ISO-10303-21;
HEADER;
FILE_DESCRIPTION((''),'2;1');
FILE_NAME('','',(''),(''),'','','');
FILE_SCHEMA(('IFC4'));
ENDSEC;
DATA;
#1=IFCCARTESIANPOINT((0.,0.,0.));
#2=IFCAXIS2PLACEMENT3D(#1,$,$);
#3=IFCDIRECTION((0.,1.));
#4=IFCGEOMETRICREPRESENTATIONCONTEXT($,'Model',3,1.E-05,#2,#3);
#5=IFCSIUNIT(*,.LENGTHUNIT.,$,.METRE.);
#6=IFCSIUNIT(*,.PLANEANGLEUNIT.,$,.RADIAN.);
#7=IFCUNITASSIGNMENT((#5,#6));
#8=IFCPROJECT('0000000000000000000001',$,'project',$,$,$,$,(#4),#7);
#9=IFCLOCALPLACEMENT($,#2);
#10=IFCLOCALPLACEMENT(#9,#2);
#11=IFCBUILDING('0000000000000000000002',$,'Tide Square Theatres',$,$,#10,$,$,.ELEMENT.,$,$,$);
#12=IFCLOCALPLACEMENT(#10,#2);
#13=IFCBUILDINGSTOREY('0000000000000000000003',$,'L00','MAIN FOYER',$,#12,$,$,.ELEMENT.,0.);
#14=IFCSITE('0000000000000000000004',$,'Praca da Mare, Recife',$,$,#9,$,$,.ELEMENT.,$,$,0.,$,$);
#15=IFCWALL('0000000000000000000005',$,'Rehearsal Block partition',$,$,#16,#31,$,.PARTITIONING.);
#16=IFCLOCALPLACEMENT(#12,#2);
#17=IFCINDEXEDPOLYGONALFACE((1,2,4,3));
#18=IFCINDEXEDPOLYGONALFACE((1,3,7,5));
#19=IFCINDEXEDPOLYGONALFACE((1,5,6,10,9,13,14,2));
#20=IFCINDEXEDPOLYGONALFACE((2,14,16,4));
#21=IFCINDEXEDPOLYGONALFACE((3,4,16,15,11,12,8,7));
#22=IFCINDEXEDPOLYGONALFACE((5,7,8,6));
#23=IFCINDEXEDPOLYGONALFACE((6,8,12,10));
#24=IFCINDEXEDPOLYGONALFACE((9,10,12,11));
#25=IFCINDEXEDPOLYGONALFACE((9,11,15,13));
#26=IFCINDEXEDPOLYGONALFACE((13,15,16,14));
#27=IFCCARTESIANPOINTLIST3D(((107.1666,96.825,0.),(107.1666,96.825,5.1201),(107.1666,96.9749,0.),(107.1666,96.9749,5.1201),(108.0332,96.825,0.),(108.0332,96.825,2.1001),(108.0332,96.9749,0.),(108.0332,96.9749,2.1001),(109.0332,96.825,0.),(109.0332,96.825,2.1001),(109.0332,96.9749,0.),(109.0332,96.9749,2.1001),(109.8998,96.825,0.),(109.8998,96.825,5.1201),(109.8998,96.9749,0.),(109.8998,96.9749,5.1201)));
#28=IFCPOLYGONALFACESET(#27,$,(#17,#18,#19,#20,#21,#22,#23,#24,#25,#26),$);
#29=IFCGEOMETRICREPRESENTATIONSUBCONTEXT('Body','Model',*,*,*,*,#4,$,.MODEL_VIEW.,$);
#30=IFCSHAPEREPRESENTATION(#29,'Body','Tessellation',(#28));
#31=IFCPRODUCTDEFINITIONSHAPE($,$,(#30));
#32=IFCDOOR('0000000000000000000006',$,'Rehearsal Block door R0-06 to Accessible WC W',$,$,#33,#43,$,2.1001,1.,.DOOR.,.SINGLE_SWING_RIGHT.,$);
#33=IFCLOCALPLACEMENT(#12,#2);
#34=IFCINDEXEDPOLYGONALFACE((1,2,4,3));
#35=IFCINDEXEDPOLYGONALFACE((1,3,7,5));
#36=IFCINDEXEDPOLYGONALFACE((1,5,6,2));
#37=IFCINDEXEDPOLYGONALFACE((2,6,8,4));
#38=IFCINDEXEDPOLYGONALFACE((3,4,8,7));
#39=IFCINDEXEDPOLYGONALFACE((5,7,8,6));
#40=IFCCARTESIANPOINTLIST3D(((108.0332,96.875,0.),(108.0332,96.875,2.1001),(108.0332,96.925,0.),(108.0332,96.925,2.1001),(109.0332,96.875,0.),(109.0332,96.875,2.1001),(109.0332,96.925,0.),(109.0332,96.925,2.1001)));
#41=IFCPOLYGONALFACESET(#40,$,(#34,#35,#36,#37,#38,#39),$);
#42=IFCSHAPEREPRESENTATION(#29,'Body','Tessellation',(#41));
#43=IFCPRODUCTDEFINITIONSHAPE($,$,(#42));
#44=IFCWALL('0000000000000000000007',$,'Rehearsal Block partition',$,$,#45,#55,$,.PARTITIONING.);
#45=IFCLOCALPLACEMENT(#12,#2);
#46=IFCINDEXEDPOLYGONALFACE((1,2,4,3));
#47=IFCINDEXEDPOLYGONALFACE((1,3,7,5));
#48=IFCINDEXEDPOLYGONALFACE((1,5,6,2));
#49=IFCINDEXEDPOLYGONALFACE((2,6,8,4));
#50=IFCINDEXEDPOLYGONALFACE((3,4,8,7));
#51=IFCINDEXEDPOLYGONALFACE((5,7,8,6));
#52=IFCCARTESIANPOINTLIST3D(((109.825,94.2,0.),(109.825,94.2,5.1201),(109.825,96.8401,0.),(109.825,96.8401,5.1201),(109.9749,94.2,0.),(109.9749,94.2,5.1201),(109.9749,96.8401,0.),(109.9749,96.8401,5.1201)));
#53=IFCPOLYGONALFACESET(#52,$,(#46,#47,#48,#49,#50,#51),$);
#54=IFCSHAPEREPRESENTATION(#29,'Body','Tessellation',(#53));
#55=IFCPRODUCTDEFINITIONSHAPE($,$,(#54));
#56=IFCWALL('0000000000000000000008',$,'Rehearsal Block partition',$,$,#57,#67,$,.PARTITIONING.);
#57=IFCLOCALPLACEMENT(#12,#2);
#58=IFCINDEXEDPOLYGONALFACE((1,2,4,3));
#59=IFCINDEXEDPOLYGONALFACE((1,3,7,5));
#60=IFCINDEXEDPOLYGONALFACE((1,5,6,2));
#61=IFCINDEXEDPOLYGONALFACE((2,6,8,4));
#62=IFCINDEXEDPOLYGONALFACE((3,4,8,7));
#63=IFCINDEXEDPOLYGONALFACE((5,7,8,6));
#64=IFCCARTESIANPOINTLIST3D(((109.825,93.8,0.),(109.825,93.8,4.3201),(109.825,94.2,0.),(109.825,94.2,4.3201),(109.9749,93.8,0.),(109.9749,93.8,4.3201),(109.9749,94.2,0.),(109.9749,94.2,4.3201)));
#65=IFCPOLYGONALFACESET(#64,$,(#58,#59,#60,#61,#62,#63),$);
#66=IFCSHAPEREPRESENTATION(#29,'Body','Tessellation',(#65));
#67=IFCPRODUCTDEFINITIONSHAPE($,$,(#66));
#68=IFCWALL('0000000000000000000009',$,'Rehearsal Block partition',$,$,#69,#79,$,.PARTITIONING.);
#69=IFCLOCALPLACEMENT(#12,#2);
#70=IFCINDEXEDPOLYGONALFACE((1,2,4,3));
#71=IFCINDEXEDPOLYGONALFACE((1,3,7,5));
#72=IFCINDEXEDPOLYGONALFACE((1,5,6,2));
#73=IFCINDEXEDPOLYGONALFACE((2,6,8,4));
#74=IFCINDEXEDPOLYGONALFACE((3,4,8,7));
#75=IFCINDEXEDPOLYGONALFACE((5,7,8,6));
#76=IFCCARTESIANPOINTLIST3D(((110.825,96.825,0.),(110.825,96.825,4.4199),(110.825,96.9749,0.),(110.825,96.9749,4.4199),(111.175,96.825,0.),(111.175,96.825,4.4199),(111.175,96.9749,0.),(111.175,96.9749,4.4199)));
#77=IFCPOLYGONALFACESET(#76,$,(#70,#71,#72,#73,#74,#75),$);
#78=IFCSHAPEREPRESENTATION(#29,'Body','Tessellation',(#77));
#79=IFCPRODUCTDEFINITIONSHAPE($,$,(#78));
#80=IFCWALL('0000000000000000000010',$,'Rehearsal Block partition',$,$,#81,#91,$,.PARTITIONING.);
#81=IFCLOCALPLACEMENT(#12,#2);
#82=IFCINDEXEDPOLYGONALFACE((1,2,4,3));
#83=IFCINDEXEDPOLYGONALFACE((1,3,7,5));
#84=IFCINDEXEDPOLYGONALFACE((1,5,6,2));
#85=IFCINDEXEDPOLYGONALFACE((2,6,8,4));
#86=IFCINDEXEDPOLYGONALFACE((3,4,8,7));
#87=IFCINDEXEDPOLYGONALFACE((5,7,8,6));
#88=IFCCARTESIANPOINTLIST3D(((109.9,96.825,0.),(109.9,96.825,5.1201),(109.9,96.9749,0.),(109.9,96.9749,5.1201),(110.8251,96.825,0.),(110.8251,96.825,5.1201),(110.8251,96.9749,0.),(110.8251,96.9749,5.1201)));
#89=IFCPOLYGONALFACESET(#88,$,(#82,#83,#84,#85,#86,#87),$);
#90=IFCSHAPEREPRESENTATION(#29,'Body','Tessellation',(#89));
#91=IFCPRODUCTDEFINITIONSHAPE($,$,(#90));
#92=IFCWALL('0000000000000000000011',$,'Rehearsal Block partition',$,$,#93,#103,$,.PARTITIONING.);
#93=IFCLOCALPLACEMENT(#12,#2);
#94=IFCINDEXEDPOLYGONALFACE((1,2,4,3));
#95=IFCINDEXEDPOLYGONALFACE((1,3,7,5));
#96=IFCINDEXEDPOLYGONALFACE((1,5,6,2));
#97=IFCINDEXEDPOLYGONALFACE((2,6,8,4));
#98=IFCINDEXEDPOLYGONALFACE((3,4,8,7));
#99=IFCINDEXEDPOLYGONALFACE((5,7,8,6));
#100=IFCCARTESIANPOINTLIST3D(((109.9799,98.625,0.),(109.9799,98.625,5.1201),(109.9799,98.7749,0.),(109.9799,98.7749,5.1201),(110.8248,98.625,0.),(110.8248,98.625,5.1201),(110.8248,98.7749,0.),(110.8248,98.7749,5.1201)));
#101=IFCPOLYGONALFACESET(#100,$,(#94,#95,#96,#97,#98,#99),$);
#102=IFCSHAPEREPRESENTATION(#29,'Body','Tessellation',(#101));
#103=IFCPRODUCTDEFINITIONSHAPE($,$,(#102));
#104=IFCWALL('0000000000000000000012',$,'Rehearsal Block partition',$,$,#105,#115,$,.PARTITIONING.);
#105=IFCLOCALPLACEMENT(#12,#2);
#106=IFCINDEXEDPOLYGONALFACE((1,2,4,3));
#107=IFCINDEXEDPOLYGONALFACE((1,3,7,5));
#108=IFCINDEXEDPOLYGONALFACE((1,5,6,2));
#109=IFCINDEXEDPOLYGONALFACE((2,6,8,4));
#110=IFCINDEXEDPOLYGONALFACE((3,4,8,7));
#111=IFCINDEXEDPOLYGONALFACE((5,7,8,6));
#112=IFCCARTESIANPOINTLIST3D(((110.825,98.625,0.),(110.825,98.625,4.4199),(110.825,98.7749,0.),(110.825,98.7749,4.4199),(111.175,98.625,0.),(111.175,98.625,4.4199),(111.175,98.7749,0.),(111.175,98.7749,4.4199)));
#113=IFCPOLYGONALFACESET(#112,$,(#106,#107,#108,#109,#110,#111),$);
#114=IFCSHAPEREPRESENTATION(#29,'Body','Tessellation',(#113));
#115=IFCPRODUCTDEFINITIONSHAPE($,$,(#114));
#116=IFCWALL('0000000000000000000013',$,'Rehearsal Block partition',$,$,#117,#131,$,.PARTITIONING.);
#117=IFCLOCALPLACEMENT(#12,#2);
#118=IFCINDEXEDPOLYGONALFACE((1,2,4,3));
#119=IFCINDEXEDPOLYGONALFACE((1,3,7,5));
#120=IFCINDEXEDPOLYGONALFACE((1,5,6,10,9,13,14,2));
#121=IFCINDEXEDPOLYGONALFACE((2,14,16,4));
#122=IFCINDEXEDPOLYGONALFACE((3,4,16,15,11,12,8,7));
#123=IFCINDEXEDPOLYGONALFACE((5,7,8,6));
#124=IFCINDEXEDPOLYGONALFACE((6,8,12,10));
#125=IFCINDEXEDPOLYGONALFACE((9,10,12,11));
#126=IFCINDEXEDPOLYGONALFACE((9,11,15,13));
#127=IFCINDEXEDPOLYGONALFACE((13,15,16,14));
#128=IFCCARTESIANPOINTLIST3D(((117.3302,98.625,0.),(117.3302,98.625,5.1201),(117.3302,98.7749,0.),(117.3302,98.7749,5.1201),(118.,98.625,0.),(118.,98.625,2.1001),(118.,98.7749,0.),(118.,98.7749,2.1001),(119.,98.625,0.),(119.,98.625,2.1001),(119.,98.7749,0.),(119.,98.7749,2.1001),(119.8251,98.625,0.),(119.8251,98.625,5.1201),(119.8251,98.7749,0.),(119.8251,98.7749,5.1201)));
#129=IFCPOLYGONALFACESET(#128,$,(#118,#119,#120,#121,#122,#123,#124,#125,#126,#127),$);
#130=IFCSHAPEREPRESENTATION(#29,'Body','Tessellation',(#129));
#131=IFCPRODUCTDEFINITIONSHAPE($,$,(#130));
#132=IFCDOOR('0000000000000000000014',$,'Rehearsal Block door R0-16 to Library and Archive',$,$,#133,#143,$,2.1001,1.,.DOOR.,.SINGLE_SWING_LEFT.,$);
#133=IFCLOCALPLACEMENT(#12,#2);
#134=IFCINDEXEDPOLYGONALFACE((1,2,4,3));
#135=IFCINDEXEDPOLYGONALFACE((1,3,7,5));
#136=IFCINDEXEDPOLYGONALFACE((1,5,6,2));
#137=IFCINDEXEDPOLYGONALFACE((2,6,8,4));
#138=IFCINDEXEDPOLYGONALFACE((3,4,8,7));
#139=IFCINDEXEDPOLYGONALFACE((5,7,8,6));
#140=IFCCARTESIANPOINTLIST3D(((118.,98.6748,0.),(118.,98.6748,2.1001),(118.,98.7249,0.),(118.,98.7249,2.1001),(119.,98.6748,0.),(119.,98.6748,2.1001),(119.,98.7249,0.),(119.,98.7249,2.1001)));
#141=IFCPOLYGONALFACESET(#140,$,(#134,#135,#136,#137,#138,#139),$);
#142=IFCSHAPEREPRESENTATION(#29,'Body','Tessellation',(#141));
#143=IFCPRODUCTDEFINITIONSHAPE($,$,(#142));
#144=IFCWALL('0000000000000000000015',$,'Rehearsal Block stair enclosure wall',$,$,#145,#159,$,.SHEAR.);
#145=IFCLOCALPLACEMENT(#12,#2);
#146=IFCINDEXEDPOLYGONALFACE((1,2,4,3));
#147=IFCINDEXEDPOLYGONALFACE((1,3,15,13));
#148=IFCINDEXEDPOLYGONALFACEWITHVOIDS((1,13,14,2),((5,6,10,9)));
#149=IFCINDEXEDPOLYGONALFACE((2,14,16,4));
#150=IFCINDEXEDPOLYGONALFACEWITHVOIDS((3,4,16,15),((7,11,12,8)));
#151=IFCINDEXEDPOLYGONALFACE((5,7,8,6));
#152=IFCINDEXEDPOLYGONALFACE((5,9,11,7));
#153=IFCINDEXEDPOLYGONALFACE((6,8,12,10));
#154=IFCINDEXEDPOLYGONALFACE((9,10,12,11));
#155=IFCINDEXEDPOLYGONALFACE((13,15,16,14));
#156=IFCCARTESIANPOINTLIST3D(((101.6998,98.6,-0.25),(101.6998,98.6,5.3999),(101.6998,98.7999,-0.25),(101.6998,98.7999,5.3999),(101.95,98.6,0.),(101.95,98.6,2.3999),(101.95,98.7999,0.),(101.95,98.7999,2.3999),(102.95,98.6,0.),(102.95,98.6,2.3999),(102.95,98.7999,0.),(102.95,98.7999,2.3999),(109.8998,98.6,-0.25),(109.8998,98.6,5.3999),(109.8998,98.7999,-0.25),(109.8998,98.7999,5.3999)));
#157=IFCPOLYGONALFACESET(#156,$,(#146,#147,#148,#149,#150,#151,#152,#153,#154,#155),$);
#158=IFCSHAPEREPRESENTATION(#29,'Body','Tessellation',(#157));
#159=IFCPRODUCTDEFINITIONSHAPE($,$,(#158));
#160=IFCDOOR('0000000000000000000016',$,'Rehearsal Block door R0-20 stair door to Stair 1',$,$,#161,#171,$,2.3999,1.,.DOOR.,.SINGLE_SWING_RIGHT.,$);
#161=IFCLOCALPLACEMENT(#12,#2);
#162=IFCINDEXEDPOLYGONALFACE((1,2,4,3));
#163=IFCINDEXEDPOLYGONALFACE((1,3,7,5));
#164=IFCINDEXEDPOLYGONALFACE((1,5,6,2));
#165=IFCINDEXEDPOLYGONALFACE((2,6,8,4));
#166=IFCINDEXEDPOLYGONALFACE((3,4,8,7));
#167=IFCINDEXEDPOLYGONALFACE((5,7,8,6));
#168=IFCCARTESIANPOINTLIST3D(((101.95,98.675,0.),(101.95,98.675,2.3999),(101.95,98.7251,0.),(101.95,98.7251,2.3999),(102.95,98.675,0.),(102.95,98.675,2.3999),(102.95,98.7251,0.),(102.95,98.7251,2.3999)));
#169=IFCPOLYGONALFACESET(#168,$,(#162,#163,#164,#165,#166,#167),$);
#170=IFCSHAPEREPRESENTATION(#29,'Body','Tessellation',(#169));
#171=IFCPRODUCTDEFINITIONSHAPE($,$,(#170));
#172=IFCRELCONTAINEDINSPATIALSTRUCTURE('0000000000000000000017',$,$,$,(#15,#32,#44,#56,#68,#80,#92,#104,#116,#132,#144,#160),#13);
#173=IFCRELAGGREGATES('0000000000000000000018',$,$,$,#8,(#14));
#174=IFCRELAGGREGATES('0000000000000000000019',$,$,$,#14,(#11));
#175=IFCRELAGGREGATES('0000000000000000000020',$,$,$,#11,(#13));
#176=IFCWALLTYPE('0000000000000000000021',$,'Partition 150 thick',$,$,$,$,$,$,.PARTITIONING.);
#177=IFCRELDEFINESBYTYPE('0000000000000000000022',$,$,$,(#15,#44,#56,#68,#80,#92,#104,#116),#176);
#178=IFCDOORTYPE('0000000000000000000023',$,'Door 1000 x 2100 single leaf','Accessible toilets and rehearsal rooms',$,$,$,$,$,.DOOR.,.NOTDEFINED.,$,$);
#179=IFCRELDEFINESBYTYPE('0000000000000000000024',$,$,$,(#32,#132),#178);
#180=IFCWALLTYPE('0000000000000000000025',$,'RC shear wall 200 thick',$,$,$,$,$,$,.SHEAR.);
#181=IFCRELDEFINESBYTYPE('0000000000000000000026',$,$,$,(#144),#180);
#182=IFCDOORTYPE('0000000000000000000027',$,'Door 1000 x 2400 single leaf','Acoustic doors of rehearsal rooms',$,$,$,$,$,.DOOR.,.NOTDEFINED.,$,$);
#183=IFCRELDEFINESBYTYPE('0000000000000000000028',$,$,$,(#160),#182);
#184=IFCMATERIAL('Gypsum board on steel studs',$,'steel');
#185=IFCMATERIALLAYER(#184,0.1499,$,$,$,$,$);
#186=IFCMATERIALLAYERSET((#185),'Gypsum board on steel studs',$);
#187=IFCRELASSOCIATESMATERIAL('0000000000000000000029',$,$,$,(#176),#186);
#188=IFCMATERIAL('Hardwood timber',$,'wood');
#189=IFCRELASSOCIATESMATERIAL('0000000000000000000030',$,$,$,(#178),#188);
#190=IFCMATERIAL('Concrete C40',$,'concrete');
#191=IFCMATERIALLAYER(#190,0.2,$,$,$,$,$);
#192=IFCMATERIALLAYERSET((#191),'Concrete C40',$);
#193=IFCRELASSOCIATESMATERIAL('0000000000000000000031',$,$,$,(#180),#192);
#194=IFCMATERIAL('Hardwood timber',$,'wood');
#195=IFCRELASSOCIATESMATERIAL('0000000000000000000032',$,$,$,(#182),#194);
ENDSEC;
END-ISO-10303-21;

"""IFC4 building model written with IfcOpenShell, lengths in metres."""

from ifc_helpers import new_model, si_unit, direction, frame, frame_2d, origin, place, context, subcontext, project, spatial, rectangle, extrude, material, layer, layer_set, type_object, element, fill, save


model = new_model("IFC4")

# Units and contexts
model_context = context("Model", 3, precision=1e-05, world=origin(), true_north=direction((0.0, 1.0)))
body_context = subcontext(model_context, "Body", "Model", "MODEL_VIEW")
ifc_project = project(units=[si_unit("LENGTHUNIT", "METRE"), si_unit("PLANEANGLEUNIT", "RADIAN")], contexts=[model_context])

# Site, building, storey
site_placement = place(None, origin())
site = spatial("IfcSite", under=ifc_project, at=site_placement, Name="Praca da Mare, Recife", CompositionType="ELEMENT", RefElevation=0.0)
building_placement = place(site_placement, origin())
building = spatial("IfcBuilding", under=site, at=building_placement, Name="Tide Square Theatres", CompositionType="ELEMENT")
storey_placement = place(building_placement, origin())
storey = spatial("IfcBuildingStorey", under=building, at=storey_placement, Name="L00", Description="MAIN FOYER", CompositionType="ELEMENT", Elevation=0.0)

# Wall, opening, door
ifc_material_1 = material(Name="Gypsum board on steel studs", Category="steel")
ifc_layer_1 = layer(ifc_material_1, 0.1499)
ifc_layer_set_1 = layer_set([ifc_layer_1], Name="Gypsum board on steel studs")
wall_type_1 = type_object("IfcWallType", Name="Partition 150 thick", PredefinedType="PARTITIONING", material=ifc_layer_set_1)
wall_1_placement = place(storey_placement, frame((109.8999, 96.8999, 0.0), z_axis=(0.0, 0.0, 1.0), x_axis=(-1.0, 0.0, 0.0)))
wall_1 = element("IfcWall", 1, at=wall_1_placement, inside=storey, type_object=wall_type_1, Name="Rehearsal Block partition", PredefinedType="PARTITIONING", context=body_context, shape_type="SweptSolid", body=[
    extrude(rectangle(XDim=2.7332, YDim=0.1499, at=frame_2d((1.3667, 0.0))), origin(), (0.0, 0.0, 1.0), 5.1201),
])
opening_1_placement = place(wall_1_placement, frame((0.8667, 0.0, 0.0)))
opening_1 = element("IfcOpeningElement", 2, at=opening_1_placement, cuts=wall_1, PredefinedType="OPENING", context=body_context, shape_type="SweptSolid", body=[
    extrude(rectangle(XDim=1.0, YDim=2.1001, at=frame_2d((0.5, 1.05))), frame((0.0, 0.085, 0.0), z_axis=(0.0, -1.0, 0.0), x_axis=(1.0, 0.0, 0.0)), (0.0, 0.0, 1.0), 0.1699),
])
ifc_material_2 = material(Name="Hardwood timber", Category="wood")
door_type_1 = type_object("IfcDoorType", Name="Door 1000 x 2100 single leaf", Description="Accessible toilets and rehearsal rooms", OperationType="NOTDEFINED", PredefinedType="DOOR", material=ifc_material_2)
door_1_placement = place(opening_1_placement, origin())
door_1 = element("IfcDoor", 3, at=door_1_placement, inside=storey, type_object=door_type_1, Name="Rehearsal Block door R0-06 to Accessible WC W", OperationType="SINGLE_SWING_RIGHT", OverallHeight=2.1001, OverallWidth=1.0, PredefinedType="DOOR", context=body_context, shape_type="SweptSolid", body=[
    extrude(rectangle(XDim=1.0, YDim=2.1001, at=frame_2d((0.5, 1.05))), frame((0.0, 0.0249, 0.0), z_axis=(0.0, -1.0, 0.0), x_axis=(1.0, 0.0, 0.0)), (0.0, 0.0, 1.0), 0.05),
])
fill(opening_1, door_1)

# Walls
wall_2_placement = place(storey_placement, frame((109.8999, 96.8401, 0.0), z_axis=(0.0, 0.0, 1.0), x_axis=(0.0, -1.0, 0.0)))
element("IfcWall", 4, at=wall_2_placement, inside=storey, type_object=wall_type_1, Name="Rehearsal Block partition", PredefinedType="PARTITIONING", context=body_context, shape_type="SweptSolid", body=[
    extrude(rectangle(XDim=2.6401, YDim=0.1499, at=frame_2d((1.3201, 0.0))), origin(), (0.0, 0.0, 1.0), 5.1201),
])
wall_3_placement = place(storey_placement, frame((109.8999, 94.2, 0.0), z_axis=(0.0, 0.0, 1.0), x_axis=(0.0, -1.0, 0.0)))
element("IfcWall", 5, at=wall_3_placement, inside=storey, type_object=wall_type_1, Name="Rehearsal Block partition", PredefinedType="PARTITIONING", context=body_context, shape_type="SweptSolid", body=[
    extrude(rectangle(XDim=0.3999, YDim=0.1499, at=frame_2d((0.2, 0.0))), origin(), (0.0, 0.0, 1.0), 4.3201),
])
wall_4_placement = place(storey_placement, frame((111.175, 96.8999, 0.0), z_axis=(0.0, 0.0, 1.0), x_axis=(-1.0, 0.0, 0.0)))
element("IfcWall", 6, at=wall_4_placement, inside=storey, type_object=wall_type_1, Name="Rehearsal Block partition", PredefinedType="PARTITIONING", context=body_context, shape_type="SweptSolid", body=[
    extrude(rectangle(XDim=0.3501, YDim=0.1499, at=frame_2d((0.175, 0.0))), origin(), (0.0, 0.0, 1.0), 4.4199),
])
wall_5_placement = place(storey_placement, frame((110.825, 96.8999, 0.0), z_axis=(0.0, 0.0, 1.0), x_axis=(-1.0, 0.0, 0.0)))
element("IfcWall", 7, at=wall_5_placement, inside=storey, type_object=wall_type_1, Name="Rehearsal Block partition", PredefinedType="PARTITIONING", context=body_context, shape_type="SweptSolid", body=[
    extrude(rectangle(XDim=0.925, YDim=0.1499, at=frame_2d((0.4624, 0.0))), origin(), (0.0, 0.0, 1.0), 5.1201),
])
wall_6_placement = place(storey_placement, frame((109.98, 98.7, 0.0), z_axis=(0.0, 0.0, 1.0), x_axis=(1.0, 0.0, 0.0)))
element("IfcWall", 8, at=wall_6_placement, inside=storey, type_object=wall_type_1, Name="Rehearsal Block partition", PredefinedType="PARTITIONING", context=body_context, shape_type="SweptSolid", body=[
    extrude(rectangle(XDim=0.845, YDim=0.1499, at=frame_2d((0.4224, 0.0))), origin(), (0.0, 0.0, 1.0), 5.1201),
])
wall_7_placement = place(storey_placement, frame((110.825, 98.7, 0.0), z_axis=(0.0, 0.0, 1.0), x_axis=(1.0, 0.0, 0.0)))
element("IfcWall", 9, at=wall_7_placement, inside=storey, type_object=wall_type_1, Name="Rehearsal Block partition", PredefinedType="PARTITIONING", context=body_context, shape_type="SweptSolid", body=[
    extrude(rectangle(XDim=0.3501, YDim=0.1499, at=frame_2d((0.175, 0.0))), origin(), (0.0, 0.0, 1.0), 4.4199),
])

# Walls, openings, doors
wall_8_placement = place(storey_placement, frame((117.3301, 98.7, 0.0), z_axis=(0.0, 0.0, 1.0), x_axis=(1.0, 0.0, 0.0)))
wall_8 = element("IfcWall", 10, at=wall_8_placement, inside=storey, type_object=wall_type_1, Name="Rehearsal Block partition", PredefinedType="PARTITIONING", context=body_context, shape_type="SweptSolid", body=[
    extrude(rectangle(XDim=2.4949, YDim=0.1499, at=frame_2d((1.2476, 0.0))), origin(), (0.0, 0.0, 1.0), 5.1201),
])
opening_2_placement = place(wall_8_placement, frame((0.6699, 0.0, 0.0)))
opening_2 = element("IfcOpeningElement", 11, at=opening_2_placement, cuts=wall_8, PredefinedType="OPENING", context=body_context, shape_type="SweptSolid", body=[
    extrude(rectangle(XDim=1.0, YDim=2.1001, at=frame_2d((0.5, 1.05))), frame((0.0, 0.085, 0.0), z_axis=(0.0, -1.0, 0.0), x_axis=(1.0, 0.0, 0.0)), (0.0, 0.0, 1.0), 0.1699),
])
door_2_placement = place(opening_2_placement, origin())
door_2 = element("IfcDoor", 12, at=door_2_placement, inside=storey, type_object=door_type_1, Name="Rehearsal Block door R0-16 to Library and Archive", OperationType="SINGLE_SWING_LEFT", OverallHeight=2.1001, OverallWidth=1.0, PredefinedType="DOOR", context=body_context, shape_type="SweptSolid", body=[
    extrude(rectangle(XDim=1.0, YDim=2.1001, at=frame_2d((0.5, 1.05))), frame((0.0, 0.0249, 0.0), z_axis=(0.0, -1.0, 0.0), x_axis=(1.0, 0.0, 0.0)), (0.0, 0.0, 1.0), 0.05),
])
fill(opening_2, door_2)
ifc_material_3 = material(Name="Concrete C40", Category="concrete")
ifc_layer_2 = layer(ifc_material_3, 0.2)
ifc_layer_set_2 = layer_set([ifc_layer_2], Name="Concrete C40")
wall_type_2 = type_object("IfcWallType", Name="RC shear wall 200 thick", PredefinedType="SHEAR", material=ifc_layer_set_2)
wall_9_placement = place(storey_placement, frame((109.8999, 98.7, -0.25), z_axis=(0.0, 0.0, 1.0), x_axis=(-1.0, 0.0, 0.0)))
wall_9 = element("IfcWall", 13, at=wall_9_placement, inside=storey, type_object=wall_type_2, Name="Rehearsal Block stair enclosure wall", PredefinedType="SHEAR", context=body_context, shape_type="SweptSolid", body=[
    extrude(rectangle(XDim=8.2, YDim=0.2, at=frame_2d((4.1001, 0.0))), origin(), (0.0, 0.0, 1.0), 5.6499),
])
opening_3_placement = place(wall_9_placement, frame((6.95, 0.0, 0.25)))
opening_3 = element("IfcOpeningElement", 14, at=opening_3_placement, cuts=wall_9, PredefinedType="OPENING", context=body_context, shape_type="SweptSolid", body=[
    extrude(rectangle(XDim=1.0, YDim=2.3999, at=frame_2d((0.5, 1.2))), frame((0.0, 0.1099, 0.0), z_axis=(0.0, -1.0, 0.0), x_axis=(1.0, 0.0, 0.0)), (0.0, 0.0, 1.0), 0.22),
])
ifc_material_4 = material(Name="Hardwood timber", Category="wood")
door_type_2 = type_object("IfcDoorType", Name="Door 1000 x 2400 single leaf", Description="Acoustic doors of rehearsal rooms", OperationType="NOTDEFINED", PredefinedType="DOOR", material=ifc_material_4)
door_3_placement = place(opening_3_placement, origin())
door_3 = element("IfcDoor", 15, at=door_3_placement, inside=storey, type_object=door_type_2, Name="Rehearsal Block door R0-20 stair door to Stair 1", OperationType="SINGLE_SWING_RIGHT", OverallHeight=2.3999, OverallWidth=1.0, PredefinedType="DOOR", context=body_context, shape_type="SweptSolid", body=[
    extrude(rectangle(XDim=1.0, YDim=2.3999, at=frame_2d((0.5, 1.2))), frame((0.0, 0.0249, 0.0), z_axis=(0.0, -1.0, 0.0), x_axis=(1.0, 0.0, 0.0)), (0.0, 0.0, 1.0), 0.05),
])
fill(opening_3, door_3)

save(model, "model.ifc")
